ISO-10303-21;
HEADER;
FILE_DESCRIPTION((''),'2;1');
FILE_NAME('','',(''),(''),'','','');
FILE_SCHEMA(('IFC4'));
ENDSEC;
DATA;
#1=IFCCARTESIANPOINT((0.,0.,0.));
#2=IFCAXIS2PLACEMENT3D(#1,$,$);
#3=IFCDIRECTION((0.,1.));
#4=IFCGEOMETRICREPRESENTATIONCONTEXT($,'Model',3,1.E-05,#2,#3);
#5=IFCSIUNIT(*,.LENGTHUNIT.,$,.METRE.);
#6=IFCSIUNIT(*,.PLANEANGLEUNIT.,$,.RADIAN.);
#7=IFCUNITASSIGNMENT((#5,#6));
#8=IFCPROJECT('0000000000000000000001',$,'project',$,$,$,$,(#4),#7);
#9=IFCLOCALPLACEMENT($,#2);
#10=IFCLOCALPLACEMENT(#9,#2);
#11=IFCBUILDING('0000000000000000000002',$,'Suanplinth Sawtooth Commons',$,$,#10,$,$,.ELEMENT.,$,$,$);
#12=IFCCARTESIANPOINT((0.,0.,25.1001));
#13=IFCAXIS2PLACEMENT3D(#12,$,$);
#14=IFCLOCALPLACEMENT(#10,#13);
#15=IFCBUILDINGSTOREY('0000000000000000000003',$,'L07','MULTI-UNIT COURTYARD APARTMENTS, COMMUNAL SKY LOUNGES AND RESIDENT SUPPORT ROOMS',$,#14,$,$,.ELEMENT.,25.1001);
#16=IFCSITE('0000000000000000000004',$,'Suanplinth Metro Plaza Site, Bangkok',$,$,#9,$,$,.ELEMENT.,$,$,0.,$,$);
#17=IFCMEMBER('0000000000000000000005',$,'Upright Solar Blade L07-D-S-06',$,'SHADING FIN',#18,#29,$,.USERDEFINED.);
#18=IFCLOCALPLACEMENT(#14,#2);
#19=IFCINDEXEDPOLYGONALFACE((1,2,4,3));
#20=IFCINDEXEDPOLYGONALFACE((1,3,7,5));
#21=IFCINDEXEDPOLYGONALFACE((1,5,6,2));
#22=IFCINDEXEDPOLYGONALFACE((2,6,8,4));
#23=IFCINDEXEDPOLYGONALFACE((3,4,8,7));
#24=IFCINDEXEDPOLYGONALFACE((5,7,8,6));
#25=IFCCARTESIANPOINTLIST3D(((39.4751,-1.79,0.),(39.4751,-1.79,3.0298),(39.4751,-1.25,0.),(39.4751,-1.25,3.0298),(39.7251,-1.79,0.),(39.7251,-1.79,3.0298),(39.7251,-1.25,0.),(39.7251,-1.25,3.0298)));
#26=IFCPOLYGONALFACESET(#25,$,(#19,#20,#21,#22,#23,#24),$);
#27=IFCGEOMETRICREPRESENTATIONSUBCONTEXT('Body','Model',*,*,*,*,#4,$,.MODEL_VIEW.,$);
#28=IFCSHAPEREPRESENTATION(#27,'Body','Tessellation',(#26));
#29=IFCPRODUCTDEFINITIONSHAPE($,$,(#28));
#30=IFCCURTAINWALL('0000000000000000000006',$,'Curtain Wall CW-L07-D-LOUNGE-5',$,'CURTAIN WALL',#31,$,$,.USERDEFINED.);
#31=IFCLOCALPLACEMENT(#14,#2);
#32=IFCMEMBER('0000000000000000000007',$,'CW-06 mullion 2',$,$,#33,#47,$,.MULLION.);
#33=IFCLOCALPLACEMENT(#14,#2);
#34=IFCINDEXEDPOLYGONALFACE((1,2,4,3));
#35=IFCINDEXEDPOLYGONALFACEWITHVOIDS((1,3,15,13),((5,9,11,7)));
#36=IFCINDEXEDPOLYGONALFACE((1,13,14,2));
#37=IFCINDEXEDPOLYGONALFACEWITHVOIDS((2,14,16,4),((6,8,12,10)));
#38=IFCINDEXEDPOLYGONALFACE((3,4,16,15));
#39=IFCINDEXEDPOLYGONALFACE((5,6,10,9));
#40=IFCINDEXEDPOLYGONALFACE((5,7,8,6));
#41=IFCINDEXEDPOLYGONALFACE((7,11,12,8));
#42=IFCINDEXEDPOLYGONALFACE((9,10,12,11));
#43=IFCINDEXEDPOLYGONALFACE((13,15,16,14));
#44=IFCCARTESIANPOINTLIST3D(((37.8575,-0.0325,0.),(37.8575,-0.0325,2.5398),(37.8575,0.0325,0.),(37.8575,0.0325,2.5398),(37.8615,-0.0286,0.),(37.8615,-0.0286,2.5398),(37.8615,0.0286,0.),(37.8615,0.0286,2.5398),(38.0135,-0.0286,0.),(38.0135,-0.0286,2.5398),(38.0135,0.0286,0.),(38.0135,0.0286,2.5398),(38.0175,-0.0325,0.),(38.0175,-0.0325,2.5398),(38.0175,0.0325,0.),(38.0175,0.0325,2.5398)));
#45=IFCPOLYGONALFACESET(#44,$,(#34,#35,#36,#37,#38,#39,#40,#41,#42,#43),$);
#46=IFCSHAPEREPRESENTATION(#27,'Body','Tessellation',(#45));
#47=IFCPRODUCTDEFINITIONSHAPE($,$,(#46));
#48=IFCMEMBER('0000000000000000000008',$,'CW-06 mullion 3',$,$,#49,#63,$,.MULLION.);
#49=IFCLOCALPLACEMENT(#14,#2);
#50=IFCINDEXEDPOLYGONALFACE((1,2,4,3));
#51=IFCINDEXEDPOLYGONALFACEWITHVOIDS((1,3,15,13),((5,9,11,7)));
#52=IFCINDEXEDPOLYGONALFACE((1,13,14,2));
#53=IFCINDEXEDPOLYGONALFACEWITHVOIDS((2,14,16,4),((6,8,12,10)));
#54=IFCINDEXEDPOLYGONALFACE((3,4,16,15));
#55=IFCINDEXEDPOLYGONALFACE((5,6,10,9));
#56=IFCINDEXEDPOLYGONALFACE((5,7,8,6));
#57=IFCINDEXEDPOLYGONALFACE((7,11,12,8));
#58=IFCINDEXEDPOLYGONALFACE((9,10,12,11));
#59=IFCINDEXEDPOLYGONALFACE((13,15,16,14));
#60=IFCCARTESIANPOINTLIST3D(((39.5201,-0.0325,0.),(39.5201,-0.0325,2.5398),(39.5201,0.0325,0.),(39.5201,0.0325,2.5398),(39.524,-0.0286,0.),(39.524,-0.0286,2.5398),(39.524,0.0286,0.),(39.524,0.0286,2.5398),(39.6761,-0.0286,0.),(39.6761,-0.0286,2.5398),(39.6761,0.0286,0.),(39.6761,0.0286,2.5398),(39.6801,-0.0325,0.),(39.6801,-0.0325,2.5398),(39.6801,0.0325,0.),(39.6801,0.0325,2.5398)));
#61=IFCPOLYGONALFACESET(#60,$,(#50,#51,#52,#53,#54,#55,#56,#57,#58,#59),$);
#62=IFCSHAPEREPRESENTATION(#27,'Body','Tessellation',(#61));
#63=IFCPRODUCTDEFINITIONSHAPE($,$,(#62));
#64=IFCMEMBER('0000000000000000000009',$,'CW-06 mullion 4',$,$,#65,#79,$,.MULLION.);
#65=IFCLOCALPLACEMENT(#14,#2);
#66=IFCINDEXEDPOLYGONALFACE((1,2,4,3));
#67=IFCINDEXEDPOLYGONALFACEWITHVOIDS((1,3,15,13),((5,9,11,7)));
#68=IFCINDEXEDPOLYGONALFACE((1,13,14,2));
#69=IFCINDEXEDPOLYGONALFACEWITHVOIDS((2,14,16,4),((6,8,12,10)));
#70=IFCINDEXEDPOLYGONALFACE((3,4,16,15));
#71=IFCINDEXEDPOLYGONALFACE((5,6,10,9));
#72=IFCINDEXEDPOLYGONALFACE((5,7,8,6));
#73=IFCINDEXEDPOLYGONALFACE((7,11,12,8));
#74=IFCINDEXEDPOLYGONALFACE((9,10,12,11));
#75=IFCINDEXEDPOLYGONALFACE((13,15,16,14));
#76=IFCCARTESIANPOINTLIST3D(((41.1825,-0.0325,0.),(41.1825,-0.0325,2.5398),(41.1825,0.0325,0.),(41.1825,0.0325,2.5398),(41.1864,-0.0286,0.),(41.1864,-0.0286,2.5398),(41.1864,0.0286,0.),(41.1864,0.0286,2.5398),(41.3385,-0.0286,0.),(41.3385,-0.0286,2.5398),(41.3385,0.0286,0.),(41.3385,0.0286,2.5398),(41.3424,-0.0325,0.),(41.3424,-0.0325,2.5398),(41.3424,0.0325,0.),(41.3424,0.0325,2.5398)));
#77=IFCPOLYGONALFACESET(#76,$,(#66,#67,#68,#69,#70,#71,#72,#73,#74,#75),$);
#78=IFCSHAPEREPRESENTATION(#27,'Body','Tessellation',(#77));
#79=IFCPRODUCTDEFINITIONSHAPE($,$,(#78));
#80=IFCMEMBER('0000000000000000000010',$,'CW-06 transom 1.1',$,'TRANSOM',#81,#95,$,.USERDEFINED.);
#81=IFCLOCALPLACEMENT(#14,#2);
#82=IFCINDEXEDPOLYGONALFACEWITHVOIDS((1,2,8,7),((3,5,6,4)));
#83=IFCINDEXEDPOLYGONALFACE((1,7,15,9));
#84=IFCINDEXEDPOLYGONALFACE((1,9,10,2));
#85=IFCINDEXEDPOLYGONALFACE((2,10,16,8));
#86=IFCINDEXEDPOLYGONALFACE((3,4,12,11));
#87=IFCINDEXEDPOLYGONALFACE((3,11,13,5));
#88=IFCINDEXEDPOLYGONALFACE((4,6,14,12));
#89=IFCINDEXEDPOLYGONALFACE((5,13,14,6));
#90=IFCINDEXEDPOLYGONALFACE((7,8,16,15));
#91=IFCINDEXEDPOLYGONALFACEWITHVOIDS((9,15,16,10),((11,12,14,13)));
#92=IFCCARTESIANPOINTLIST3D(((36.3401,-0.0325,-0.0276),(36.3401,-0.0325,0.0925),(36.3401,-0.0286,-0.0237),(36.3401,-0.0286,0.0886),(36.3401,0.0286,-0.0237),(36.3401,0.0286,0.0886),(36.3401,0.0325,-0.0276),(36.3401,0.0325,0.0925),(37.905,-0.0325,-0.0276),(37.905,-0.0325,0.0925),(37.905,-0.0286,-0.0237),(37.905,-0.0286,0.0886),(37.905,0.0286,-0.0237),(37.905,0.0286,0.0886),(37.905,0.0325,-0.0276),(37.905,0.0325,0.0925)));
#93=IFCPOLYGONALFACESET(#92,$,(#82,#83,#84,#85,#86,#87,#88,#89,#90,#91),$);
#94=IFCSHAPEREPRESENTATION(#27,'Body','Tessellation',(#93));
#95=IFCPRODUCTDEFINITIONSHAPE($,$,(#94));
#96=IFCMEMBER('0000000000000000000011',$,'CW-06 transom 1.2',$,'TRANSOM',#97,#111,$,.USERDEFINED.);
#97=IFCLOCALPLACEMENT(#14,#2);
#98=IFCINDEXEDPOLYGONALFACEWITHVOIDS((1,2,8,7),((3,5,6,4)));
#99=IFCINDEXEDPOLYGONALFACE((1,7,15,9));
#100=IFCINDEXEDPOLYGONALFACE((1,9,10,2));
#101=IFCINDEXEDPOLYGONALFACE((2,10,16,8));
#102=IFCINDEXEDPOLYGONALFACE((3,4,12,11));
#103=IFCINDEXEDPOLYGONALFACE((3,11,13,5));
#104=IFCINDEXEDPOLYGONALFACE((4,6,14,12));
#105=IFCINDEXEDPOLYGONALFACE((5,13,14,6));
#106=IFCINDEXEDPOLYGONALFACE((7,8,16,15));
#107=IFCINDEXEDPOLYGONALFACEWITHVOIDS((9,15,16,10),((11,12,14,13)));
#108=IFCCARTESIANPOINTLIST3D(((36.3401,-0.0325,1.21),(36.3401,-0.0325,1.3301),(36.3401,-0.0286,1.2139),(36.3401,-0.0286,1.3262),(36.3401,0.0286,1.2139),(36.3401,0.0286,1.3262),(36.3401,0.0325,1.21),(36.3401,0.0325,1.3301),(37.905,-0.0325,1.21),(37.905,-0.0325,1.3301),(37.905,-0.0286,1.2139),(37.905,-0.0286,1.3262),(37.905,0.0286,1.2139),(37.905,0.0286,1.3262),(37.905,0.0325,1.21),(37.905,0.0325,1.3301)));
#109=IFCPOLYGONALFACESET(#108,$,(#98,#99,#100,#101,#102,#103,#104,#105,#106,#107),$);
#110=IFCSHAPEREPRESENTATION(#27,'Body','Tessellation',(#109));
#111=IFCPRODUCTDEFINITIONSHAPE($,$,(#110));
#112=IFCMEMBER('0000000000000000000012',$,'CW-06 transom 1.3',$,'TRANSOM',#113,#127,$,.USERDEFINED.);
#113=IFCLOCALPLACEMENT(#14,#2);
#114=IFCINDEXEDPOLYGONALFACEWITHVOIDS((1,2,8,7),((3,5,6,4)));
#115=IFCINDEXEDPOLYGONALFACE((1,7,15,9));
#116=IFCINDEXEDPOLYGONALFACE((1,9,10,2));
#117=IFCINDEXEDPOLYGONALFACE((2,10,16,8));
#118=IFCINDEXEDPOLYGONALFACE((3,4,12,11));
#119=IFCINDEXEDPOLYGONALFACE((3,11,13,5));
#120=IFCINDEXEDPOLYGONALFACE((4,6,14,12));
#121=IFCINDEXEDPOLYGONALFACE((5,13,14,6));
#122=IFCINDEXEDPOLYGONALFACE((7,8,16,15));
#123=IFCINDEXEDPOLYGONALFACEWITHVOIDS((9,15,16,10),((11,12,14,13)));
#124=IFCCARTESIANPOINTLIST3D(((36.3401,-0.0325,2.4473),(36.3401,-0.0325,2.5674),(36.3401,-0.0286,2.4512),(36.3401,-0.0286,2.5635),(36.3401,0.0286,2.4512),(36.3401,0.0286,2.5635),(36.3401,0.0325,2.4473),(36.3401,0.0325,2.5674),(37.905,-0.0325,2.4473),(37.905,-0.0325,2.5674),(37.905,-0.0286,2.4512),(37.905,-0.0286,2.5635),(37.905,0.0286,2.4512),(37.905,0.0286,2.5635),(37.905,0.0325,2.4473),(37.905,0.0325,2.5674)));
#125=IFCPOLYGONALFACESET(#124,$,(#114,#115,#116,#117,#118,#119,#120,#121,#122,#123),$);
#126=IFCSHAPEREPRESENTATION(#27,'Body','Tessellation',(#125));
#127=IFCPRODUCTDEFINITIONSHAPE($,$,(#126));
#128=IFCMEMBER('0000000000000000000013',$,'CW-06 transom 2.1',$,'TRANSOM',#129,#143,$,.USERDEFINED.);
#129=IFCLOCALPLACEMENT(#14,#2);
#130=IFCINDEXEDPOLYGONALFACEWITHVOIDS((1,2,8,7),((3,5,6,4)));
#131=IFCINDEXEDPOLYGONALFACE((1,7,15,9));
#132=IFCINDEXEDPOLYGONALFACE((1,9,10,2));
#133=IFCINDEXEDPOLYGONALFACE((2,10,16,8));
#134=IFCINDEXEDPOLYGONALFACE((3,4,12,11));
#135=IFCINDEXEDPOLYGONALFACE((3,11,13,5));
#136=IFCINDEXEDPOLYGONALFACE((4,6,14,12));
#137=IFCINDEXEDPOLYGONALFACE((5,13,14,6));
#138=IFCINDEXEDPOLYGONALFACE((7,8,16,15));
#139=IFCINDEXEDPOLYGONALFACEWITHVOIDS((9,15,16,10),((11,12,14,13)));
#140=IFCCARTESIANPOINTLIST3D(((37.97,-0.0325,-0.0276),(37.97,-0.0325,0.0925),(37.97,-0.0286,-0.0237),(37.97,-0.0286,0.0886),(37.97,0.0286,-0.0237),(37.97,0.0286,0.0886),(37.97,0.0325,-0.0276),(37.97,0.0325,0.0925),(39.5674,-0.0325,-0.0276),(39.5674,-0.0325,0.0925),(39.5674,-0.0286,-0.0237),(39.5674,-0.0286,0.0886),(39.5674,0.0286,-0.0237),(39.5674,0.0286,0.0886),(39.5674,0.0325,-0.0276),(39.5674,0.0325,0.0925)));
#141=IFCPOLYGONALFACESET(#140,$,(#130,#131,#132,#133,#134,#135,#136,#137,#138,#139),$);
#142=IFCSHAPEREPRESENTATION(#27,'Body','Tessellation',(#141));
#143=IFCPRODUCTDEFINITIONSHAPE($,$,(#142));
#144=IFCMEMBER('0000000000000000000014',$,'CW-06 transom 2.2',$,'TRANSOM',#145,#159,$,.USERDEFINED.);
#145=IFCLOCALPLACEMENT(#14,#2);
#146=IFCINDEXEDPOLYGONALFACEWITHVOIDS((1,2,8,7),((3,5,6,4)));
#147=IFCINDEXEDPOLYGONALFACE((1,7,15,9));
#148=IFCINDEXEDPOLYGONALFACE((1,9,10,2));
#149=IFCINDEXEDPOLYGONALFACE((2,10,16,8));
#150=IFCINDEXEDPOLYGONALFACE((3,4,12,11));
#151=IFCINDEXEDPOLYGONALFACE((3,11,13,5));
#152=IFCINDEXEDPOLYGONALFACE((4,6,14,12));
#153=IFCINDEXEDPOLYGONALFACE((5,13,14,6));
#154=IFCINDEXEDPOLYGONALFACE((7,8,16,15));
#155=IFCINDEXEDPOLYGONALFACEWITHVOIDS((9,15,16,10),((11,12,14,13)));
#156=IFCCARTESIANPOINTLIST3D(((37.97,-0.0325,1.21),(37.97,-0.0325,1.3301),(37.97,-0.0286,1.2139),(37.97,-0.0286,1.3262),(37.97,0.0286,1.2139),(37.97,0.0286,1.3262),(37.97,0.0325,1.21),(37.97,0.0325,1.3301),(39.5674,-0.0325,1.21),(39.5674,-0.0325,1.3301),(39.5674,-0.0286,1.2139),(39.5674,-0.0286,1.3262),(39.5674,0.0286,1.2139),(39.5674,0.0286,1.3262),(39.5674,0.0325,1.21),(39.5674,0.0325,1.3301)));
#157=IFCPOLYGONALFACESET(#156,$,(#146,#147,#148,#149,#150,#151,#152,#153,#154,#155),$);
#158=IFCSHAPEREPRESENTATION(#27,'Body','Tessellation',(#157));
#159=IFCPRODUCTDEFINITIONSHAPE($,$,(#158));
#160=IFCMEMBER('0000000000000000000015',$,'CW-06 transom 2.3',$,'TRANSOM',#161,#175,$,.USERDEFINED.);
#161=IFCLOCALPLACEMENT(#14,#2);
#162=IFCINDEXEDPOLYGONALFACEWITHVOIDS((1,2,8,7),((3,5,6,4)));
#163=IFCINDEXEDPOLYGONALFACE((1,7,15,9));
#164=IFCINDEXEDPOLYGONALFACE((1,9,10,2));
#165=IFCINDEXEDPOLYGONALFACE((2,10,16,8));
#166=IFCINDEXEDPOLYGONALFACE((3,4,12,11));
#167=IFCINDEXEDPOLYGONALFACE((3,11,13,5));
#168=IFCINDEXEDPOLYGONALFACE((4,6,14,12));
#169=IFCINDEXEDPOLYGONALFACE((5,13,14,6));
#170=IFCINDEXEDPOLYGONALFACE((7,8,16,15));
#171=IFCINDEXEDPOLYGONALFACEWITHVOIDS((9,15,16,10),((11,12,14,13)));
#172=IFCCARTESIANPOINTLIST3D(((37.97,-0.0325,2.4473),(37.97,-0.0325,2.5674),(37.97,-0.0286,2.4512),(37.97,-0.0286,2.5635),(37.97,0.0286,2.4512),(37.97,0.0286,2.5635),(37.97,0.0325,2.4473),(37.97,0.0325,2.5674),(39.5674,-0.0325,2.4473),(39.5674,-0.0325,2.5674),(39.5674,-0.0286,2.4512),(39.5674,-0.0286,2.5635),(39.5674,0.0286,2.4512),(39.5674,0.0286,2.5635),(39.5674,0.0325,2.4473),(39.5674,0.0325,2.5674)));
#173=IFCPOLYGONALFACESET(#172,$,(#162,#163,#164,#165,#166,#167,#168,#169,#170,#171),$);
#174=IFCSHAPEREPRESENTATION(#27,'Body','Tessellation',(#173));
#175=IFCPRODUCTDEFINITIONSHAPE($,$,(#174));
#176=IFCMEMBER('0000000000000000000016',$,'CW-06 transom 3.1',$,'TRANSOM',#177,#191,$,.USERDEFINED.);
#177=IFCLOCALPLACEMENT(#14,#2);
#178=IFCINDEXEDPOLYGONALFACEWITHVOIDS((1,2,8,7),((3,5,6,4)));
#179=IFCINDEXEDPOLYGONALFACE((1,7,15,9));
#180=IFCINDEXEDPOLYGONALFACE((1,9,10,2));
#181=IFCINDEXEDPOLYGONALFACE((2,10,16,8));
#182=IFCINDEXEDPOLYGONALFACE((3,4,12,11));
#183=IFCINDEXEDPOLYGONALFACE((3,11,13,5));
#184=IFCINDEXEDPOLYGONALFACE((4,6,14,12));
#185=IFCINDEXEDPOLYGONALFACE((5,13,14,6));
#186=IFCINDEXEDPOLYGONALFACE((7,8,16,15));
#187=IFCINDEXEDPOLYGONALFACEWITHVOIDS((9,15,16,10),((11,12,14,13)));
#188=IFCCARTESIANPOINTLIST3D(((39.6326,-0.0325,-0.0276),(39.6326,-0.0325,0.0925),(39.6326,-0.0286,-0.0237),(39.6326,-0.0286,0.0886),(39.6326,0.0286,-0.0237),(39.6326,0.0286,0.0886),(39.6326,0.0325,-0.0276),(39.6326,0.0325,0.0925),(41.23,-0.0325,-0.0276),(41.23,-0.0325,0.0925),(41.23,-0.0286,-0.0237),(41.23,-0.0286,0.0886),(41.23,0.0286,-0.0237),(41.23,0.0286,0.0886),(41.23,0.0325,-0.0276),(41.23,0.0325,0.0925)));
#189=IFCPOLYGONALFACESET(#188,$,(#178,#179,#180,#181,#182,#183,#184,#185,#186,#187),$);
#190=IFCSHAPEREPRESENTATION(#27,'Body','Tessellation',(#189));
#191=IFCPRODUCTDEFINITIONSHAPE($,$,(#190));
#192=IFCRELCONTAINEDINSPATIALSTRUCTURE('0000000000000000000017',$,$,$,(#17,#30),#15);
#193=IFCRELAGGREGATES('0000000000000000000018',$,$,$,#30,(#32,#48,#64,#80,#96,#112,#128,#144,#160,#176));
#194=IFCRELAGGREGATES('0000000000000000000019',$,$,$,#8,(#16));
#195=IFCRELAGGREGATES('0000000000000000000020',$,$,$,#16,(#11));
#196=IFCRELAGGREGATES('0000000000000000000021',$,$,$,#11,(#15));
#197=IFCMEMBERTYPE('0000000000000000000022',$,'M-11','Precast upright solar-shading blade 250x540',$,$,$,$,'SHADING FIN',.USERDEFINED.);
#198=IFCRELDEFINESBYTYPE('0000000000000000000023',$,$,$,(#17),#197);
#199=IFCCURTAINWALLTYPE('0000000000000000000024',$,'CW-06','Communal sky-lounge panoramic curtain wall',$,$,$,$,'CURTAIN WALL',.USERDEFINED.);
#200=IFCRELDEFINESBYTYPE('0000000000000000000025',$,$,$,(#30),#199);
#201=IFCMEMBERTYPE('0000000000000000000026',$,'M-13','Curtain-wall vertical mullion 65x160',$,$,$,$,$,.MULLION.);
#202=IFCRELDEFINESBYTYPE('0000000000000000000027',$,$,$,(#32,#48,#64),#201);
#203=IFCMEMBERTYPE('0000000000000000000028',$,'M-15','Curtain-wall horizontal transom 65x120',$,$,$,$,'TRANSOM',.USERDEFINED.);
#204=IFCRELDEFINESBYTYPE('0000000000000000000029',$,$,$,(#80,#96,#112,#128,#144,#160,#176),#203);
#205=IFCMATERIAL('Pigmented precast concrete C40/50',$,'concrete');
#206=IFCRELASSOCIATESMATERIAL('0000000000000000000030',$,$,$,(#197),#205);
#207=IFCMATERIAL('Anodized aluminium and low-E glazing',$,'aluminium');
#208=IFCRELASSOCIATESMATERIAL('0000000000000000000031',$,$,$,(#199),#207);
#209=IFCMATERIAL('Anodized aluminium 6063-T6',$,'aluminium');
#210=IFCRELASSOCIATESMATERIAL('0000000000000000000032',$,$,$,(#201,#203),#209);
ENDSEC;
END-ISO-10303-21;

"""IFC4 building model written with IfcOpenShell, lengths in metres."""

from ifc_helpers import new_model, si_unit, direction, frame, origin, origin_2d, place, context, subcontext, project, spatial, rectangle, hollow_rectangle, extrude, material, material_profile, profile_set, type_object, element, aggregate, save


model = new_model("IFC4")

# Units and contexts
model_context = context("Model", 3, precision=1e-05, world=origin(), true_north=direction((0.0, 1.0)))
body_context = subcontext(model_context, "Body", "Model", "MODEL_VIEW")
ifc_project = project(units=[si_unit("LENGTHUNIT", "METRE"), si_unit("PLANEANGLEUNIT", "RADIAN")], contexts=[model_context])

# Site, building, storey
site_placement = place(None, origin())
site = spatial("IfcSite", under=ifc_project, at=site_placement, Name="Suanplinth Metro Plaza Site, Bangkok", CompositionType="ELEMENT", RefElevation=0.0)
building_placement = place(site_placement, origin())
building = spatial("IfcBuilding", under=site, at=building_placement, Name="Suanplinth Sawtooth Commons", CompositionType="ELEMENT")
storey_placement = place(building_placement, frame((0.0, 0.0, 25.1001)))
storey = spatial("IfcBuildingStorey", under=building, at=storey_placement, Name="L07", Description="MULTI-UNIT COURTYARD APARTMENTS, COMMUNAL SKY LOUNGES AND RESIDENT SUPPORT ROOMS", CompositionType="ELEMENT", Elevation=25.1001)

# Member
ifc_material_1 = material(Name="Pigmented precast concrete C40/50", Category="concrete")
ifc_material_profile_1 = material_profile(ifc_material_1, rectangle(XDim=0.25, YDim=0.54, at=origin_2d()), Name="PC-FIN 250x540")
ifc_profile_set_1 = profile_set([ifc_material_profile_1], Name="Pigmented precast concrete C40/50")
member_type_1 = type_object("IfcMemberType", Name="M-11", Description="Precast upright solar-shading blade 250x540", ElementType="SHADING FIN", PredefinedType="USERDEFINED", material=ifc_profile_set_1)
member_1_placement = place(storey_placement, frame((39.6001, -1.52, 0.0), z_axis=(0.0, 0.0, 1.0), x_axis=(1.0, 0.0, 0.0)))
element("IfcMember", 1, at=member_1_placement, inside=storey, type_object=member_type_1, Name="Upright Solar Blade L07-D-S-06", ObjectType="SHADING FIN", PredefinedType="USERDEFINED", context=body_context, shape_type="SweptSolid", body=[
    extrude(rectangle(XDim=0.25, YDim=0.54, at=origin_2d()), origin(), (0.0, 0.0, 1.0), 3.0298),
])

# Curtain wall, members
ifc_material_2 = material(Name="Anodized aluminium and low-E glazing", Category="aluminium")
curtain_wall_type = type_object("IfcCurtainWallType", Name="CW-06", Description="Communal sky-lounge panoramic curtain wall", ElementType="CURTAIN WALL", PredefinedType="USERDEFINED", material=ifc_material_2)
curtain_wall_placement = place(storey_placement, origin())
curtain_wall = element("IfcCurtainWall", 2, at=curtain_wall_placement, inside=storey, type_object=curtain_wall_type, Name="Curtain Wall CW-L07-D-LOUNGE-5", ObjectType="CURTAIN WALL", PredefinedType="USERDEFINED")
ifc_material_3 = material(Name="Anodized aluminium 6063-T6", Category="aluminium")
ifc_material_profile_2 = material_profile(ifc_material_3, hollow_rectangle(XDim=0.0649, YDim=0.1599, WallThickness=0.0039, at=origin_2d()), Name="ALU-MUL 65x160")
ifc_profile_set_2 = profile_set([ifc_material_profile_2], Name="Anodized aluminium 6063-T6")
member_type_2 = type_object("IfcMemberType", Name="M-13", Description="Curtain-wall vertical mullion 65x160", PredefinedType="MULLION", material=ifc_profile_set_2)
member_2_placement = place(storey_placement, frame((37.9375, 0.0, 0.0), z_axis=(0.0, 0.0, 1.0), x_axis=(0.0, 1.0, 0.0)))
member_2 = element("IfcMember", 3, at=member_2_placement, type_object=member_type_2, Name="CW-06 mullion 2", PredefinedType="MULLION", context=body_context, shape_type="SweptSolid", body=[
    extrude(hollow_rectangle(XDim=0.0649, YDim=0.1599, WallThickness=0.0039, at=origin_2d()), origin(), (0.0, 0.0, 1.0), 2.5398),
])
member_3_placement = place(storey_placement, frame((39.6001, 0.0, 0.0), z_axis=(0.0, 0.0, 1.0), x_axis=(0.0, 1.0, 0.0)))
member_3 = element("IfcMember", 4, at=member_3_placement, type_object=member_type_2, Name="CW-06 mullion 3", PredefinedType="MULLION", context=body_context, shape_type="SweptSolid", body=[
    extrude(hollow_rectangle(XDim=0.0649, YDim=0.1599, WallThickness=0.0039, at=origin_2d()), origin(), (0.0, 0.0, 1.0), 2.5398),
])
member_4_placement = place(storey_placement, frame((41.2625, 0.0, 0.0), z_axis=(0.0, 0.0, 1.0), x_axis=(0.0, 1.0, 0.0)))
member_4 = element("IfcMember", 5, at=member_4_placement, type_object=member_type_2, Name="CW-06 mullion 4", PredefinedType="MULLION", context=body_context, shape_type="SweptSolid", body=[
    extrude(hollow_rectangle(XDim=0.0649, YDim=0.1599, WallThickness=0.0039, at=origin_2d()), origin(), (0.0, 0.0, 1.0), 2.5398),
])
ifc_material_profile_3 = material_profile(ifc_material_3, hollow_rectangle(XDim=0.0649, YDim=0.1201, WallThickness=0.0039, at=origin_2d()), Name="ALU-TRN 65x120")
ifc_profile_set_3 = profile_set([ifc_material_profile_3], Name="Anodized aluminium 6063-T6")
member_type_3 = type_object("IfcMemberType", Name="M-15", Description="Curtain-wall horizontal transom 65x120", ElementType="TRANSOM", PredefinedType="USERDEFINED", material=ifc_profile_set_3)
member_5_placement = place(storey_placement, frame((36.3401, 0.0, 0.0325), z_axis=(1.0, 0.0, 0.0), x_axis=(0.0, 1.0, 0.0)))
member_5 = element("IfcMember", 6, at=member_5_placement, type_object=member_type_3, Name="CW-06 transom 1.1", ObjectType="TRANSOM", PredefinedType="USERDEFINED", context=body_context, shape_type="SweptSolid", body=[
    extrude(hollow_rectangle(XDim=0.0649, YDim=0.1201, WallThickness=0.0039, at=origin_2d()), origin(), (0.0, 0.0, 1.0), 1.5649),
])
member_6_placement = place(storey_placement, frame((36.3401, 0.0, 1.27), z_axis=(1.0, 0.0, 0.0), x_axis=(0.0, 1.0, 0.0)))
member_6 = element("IfcMember", 7, at=member_6_placement, type_object=member_type_3, Name="CW-06 transom 1.2", ObjectType="TRANSOM", PredefinedType="USERDEFINED", context=body_context, shape_type="SweptSolid", body=[
    extrude(hollow_rectangle(XDim=0.0649, YDim=0.1201, WallThickness=0.0039, at=origin_2d()), origin(), (0.0, 0.0, 1.0), 1.5649),
])
member_7_placement = place(storey_placement, frame((36.3401, 0.0, 2.5073), z_axis=(1.0, 0.0, 0.0), x_axis=(0.0, 1.0, 0.0)))
member_7 = element("IfcMember", 8, at=member_7_placement, type_object=member_type_3, Name="CW-06 transom 1.3", ObjectType="TRANSOM", PredefinedType="USERDEFINED", context=body_context, shape_type="SweptSolid", body=[
    extrude(hollow_rectangle(XDim=0.0649, YDim=0.1201, WallThickness=0.0039, at=origin_2d()), origin(), (0.0, 0.0, 1.0), 1.5649),
])
member_8_placement = place(storey_placement, frame((37.97, 0.0, 0.0325), z_axis=(1.0, 0.0, 0.0), x_axis=(0.0, 1.0, 0.0)))
member_8 = element("IfcMember", 9, at=member_8_placement, type_object=member_type_3, Name="CW-06 transom 2.1", ObjectType="TRANSOM", PredefinedType="USERDEFINED", context=body_context, shape_type="SweptSolid", body=[
    extrude(hollow_rectangle(XDim=0.0649, YDim=0.1201, WallThickness=0.0039, at=origin_2d()), origin(), (0.0, 0.0, 1.0), 1.5974),
])
member_9_placement = place(storey_placement, frame((37.97, 0.0, 1.27), z_axis=(1.0, 0.0, 0.0), x_axis=(0.0, 1.0, 0.0)))
member_9 = element("IfcMember", 10, at=member_9_placement, type_object=member_type_3, Name="CW-06 transom 2.2", ObjectType="TRANSOM", PredefinedType="USERDEFINED", context=body_context, shape_type="SweptSolid", body=[
    extrude(hollow_rectangle(XDim=0.0649, YDim=0.1201, WallThickness=0.0039, at=origin_2d()), origin(), (0.0, 0.0, 1.0), 1.5974),
])
member_10_placement = place(storey_placement, frame((37.97, 0.0, 2.5073), z_axis=(1.0, 0.0, 0.0), x_axis=(0.0, 1.0, 0.0)))
member_10 = element("IfcMember", 11, at=member_10_placement, type_object=member_type_3, Name="CW-06 transom 2.3", ObjectType="TRANSOM", PredefinedType="USERDEFINED", context=body_context, shape_type="SweptSolid", body=[
    extrude(hollow_rectangle(XDim=0.0649, YDim=0.1201, WallThickness=0.0039, at=origin_2d()), origin(), (0.0, 0.0, 1.0), 1.5974),
])
member_11_placement = place(storey_placement, frame((39.6326, 0.0, 0.0325), z_axis=(1.0, 0.0, 0.0), x_axis=(0.0, 1.0, 0.0)))
member_11 = element("IfcMember", 12, at=member_11_placement, type_object=member_type_3, Name="CW-06 transom 3.1", ObjectType="TRANSOM", PredefinedType="USERDEFINED", context=body_context, shape_type="SweptSolid", body=[
    extrude(hollow_rectangle(XDim=0.0649, YDim=0.1201, WallThickness=0.0039, at=origin_2d()), origin(), (0.0, 0.0, 1.0), 1.5974),
])
aggregate(curtain_wall, [member_2, member_3, member_4, member_5, member_6, member_7, member_8, member_9, member_10, member_11])

save(model, "model.ifc")
